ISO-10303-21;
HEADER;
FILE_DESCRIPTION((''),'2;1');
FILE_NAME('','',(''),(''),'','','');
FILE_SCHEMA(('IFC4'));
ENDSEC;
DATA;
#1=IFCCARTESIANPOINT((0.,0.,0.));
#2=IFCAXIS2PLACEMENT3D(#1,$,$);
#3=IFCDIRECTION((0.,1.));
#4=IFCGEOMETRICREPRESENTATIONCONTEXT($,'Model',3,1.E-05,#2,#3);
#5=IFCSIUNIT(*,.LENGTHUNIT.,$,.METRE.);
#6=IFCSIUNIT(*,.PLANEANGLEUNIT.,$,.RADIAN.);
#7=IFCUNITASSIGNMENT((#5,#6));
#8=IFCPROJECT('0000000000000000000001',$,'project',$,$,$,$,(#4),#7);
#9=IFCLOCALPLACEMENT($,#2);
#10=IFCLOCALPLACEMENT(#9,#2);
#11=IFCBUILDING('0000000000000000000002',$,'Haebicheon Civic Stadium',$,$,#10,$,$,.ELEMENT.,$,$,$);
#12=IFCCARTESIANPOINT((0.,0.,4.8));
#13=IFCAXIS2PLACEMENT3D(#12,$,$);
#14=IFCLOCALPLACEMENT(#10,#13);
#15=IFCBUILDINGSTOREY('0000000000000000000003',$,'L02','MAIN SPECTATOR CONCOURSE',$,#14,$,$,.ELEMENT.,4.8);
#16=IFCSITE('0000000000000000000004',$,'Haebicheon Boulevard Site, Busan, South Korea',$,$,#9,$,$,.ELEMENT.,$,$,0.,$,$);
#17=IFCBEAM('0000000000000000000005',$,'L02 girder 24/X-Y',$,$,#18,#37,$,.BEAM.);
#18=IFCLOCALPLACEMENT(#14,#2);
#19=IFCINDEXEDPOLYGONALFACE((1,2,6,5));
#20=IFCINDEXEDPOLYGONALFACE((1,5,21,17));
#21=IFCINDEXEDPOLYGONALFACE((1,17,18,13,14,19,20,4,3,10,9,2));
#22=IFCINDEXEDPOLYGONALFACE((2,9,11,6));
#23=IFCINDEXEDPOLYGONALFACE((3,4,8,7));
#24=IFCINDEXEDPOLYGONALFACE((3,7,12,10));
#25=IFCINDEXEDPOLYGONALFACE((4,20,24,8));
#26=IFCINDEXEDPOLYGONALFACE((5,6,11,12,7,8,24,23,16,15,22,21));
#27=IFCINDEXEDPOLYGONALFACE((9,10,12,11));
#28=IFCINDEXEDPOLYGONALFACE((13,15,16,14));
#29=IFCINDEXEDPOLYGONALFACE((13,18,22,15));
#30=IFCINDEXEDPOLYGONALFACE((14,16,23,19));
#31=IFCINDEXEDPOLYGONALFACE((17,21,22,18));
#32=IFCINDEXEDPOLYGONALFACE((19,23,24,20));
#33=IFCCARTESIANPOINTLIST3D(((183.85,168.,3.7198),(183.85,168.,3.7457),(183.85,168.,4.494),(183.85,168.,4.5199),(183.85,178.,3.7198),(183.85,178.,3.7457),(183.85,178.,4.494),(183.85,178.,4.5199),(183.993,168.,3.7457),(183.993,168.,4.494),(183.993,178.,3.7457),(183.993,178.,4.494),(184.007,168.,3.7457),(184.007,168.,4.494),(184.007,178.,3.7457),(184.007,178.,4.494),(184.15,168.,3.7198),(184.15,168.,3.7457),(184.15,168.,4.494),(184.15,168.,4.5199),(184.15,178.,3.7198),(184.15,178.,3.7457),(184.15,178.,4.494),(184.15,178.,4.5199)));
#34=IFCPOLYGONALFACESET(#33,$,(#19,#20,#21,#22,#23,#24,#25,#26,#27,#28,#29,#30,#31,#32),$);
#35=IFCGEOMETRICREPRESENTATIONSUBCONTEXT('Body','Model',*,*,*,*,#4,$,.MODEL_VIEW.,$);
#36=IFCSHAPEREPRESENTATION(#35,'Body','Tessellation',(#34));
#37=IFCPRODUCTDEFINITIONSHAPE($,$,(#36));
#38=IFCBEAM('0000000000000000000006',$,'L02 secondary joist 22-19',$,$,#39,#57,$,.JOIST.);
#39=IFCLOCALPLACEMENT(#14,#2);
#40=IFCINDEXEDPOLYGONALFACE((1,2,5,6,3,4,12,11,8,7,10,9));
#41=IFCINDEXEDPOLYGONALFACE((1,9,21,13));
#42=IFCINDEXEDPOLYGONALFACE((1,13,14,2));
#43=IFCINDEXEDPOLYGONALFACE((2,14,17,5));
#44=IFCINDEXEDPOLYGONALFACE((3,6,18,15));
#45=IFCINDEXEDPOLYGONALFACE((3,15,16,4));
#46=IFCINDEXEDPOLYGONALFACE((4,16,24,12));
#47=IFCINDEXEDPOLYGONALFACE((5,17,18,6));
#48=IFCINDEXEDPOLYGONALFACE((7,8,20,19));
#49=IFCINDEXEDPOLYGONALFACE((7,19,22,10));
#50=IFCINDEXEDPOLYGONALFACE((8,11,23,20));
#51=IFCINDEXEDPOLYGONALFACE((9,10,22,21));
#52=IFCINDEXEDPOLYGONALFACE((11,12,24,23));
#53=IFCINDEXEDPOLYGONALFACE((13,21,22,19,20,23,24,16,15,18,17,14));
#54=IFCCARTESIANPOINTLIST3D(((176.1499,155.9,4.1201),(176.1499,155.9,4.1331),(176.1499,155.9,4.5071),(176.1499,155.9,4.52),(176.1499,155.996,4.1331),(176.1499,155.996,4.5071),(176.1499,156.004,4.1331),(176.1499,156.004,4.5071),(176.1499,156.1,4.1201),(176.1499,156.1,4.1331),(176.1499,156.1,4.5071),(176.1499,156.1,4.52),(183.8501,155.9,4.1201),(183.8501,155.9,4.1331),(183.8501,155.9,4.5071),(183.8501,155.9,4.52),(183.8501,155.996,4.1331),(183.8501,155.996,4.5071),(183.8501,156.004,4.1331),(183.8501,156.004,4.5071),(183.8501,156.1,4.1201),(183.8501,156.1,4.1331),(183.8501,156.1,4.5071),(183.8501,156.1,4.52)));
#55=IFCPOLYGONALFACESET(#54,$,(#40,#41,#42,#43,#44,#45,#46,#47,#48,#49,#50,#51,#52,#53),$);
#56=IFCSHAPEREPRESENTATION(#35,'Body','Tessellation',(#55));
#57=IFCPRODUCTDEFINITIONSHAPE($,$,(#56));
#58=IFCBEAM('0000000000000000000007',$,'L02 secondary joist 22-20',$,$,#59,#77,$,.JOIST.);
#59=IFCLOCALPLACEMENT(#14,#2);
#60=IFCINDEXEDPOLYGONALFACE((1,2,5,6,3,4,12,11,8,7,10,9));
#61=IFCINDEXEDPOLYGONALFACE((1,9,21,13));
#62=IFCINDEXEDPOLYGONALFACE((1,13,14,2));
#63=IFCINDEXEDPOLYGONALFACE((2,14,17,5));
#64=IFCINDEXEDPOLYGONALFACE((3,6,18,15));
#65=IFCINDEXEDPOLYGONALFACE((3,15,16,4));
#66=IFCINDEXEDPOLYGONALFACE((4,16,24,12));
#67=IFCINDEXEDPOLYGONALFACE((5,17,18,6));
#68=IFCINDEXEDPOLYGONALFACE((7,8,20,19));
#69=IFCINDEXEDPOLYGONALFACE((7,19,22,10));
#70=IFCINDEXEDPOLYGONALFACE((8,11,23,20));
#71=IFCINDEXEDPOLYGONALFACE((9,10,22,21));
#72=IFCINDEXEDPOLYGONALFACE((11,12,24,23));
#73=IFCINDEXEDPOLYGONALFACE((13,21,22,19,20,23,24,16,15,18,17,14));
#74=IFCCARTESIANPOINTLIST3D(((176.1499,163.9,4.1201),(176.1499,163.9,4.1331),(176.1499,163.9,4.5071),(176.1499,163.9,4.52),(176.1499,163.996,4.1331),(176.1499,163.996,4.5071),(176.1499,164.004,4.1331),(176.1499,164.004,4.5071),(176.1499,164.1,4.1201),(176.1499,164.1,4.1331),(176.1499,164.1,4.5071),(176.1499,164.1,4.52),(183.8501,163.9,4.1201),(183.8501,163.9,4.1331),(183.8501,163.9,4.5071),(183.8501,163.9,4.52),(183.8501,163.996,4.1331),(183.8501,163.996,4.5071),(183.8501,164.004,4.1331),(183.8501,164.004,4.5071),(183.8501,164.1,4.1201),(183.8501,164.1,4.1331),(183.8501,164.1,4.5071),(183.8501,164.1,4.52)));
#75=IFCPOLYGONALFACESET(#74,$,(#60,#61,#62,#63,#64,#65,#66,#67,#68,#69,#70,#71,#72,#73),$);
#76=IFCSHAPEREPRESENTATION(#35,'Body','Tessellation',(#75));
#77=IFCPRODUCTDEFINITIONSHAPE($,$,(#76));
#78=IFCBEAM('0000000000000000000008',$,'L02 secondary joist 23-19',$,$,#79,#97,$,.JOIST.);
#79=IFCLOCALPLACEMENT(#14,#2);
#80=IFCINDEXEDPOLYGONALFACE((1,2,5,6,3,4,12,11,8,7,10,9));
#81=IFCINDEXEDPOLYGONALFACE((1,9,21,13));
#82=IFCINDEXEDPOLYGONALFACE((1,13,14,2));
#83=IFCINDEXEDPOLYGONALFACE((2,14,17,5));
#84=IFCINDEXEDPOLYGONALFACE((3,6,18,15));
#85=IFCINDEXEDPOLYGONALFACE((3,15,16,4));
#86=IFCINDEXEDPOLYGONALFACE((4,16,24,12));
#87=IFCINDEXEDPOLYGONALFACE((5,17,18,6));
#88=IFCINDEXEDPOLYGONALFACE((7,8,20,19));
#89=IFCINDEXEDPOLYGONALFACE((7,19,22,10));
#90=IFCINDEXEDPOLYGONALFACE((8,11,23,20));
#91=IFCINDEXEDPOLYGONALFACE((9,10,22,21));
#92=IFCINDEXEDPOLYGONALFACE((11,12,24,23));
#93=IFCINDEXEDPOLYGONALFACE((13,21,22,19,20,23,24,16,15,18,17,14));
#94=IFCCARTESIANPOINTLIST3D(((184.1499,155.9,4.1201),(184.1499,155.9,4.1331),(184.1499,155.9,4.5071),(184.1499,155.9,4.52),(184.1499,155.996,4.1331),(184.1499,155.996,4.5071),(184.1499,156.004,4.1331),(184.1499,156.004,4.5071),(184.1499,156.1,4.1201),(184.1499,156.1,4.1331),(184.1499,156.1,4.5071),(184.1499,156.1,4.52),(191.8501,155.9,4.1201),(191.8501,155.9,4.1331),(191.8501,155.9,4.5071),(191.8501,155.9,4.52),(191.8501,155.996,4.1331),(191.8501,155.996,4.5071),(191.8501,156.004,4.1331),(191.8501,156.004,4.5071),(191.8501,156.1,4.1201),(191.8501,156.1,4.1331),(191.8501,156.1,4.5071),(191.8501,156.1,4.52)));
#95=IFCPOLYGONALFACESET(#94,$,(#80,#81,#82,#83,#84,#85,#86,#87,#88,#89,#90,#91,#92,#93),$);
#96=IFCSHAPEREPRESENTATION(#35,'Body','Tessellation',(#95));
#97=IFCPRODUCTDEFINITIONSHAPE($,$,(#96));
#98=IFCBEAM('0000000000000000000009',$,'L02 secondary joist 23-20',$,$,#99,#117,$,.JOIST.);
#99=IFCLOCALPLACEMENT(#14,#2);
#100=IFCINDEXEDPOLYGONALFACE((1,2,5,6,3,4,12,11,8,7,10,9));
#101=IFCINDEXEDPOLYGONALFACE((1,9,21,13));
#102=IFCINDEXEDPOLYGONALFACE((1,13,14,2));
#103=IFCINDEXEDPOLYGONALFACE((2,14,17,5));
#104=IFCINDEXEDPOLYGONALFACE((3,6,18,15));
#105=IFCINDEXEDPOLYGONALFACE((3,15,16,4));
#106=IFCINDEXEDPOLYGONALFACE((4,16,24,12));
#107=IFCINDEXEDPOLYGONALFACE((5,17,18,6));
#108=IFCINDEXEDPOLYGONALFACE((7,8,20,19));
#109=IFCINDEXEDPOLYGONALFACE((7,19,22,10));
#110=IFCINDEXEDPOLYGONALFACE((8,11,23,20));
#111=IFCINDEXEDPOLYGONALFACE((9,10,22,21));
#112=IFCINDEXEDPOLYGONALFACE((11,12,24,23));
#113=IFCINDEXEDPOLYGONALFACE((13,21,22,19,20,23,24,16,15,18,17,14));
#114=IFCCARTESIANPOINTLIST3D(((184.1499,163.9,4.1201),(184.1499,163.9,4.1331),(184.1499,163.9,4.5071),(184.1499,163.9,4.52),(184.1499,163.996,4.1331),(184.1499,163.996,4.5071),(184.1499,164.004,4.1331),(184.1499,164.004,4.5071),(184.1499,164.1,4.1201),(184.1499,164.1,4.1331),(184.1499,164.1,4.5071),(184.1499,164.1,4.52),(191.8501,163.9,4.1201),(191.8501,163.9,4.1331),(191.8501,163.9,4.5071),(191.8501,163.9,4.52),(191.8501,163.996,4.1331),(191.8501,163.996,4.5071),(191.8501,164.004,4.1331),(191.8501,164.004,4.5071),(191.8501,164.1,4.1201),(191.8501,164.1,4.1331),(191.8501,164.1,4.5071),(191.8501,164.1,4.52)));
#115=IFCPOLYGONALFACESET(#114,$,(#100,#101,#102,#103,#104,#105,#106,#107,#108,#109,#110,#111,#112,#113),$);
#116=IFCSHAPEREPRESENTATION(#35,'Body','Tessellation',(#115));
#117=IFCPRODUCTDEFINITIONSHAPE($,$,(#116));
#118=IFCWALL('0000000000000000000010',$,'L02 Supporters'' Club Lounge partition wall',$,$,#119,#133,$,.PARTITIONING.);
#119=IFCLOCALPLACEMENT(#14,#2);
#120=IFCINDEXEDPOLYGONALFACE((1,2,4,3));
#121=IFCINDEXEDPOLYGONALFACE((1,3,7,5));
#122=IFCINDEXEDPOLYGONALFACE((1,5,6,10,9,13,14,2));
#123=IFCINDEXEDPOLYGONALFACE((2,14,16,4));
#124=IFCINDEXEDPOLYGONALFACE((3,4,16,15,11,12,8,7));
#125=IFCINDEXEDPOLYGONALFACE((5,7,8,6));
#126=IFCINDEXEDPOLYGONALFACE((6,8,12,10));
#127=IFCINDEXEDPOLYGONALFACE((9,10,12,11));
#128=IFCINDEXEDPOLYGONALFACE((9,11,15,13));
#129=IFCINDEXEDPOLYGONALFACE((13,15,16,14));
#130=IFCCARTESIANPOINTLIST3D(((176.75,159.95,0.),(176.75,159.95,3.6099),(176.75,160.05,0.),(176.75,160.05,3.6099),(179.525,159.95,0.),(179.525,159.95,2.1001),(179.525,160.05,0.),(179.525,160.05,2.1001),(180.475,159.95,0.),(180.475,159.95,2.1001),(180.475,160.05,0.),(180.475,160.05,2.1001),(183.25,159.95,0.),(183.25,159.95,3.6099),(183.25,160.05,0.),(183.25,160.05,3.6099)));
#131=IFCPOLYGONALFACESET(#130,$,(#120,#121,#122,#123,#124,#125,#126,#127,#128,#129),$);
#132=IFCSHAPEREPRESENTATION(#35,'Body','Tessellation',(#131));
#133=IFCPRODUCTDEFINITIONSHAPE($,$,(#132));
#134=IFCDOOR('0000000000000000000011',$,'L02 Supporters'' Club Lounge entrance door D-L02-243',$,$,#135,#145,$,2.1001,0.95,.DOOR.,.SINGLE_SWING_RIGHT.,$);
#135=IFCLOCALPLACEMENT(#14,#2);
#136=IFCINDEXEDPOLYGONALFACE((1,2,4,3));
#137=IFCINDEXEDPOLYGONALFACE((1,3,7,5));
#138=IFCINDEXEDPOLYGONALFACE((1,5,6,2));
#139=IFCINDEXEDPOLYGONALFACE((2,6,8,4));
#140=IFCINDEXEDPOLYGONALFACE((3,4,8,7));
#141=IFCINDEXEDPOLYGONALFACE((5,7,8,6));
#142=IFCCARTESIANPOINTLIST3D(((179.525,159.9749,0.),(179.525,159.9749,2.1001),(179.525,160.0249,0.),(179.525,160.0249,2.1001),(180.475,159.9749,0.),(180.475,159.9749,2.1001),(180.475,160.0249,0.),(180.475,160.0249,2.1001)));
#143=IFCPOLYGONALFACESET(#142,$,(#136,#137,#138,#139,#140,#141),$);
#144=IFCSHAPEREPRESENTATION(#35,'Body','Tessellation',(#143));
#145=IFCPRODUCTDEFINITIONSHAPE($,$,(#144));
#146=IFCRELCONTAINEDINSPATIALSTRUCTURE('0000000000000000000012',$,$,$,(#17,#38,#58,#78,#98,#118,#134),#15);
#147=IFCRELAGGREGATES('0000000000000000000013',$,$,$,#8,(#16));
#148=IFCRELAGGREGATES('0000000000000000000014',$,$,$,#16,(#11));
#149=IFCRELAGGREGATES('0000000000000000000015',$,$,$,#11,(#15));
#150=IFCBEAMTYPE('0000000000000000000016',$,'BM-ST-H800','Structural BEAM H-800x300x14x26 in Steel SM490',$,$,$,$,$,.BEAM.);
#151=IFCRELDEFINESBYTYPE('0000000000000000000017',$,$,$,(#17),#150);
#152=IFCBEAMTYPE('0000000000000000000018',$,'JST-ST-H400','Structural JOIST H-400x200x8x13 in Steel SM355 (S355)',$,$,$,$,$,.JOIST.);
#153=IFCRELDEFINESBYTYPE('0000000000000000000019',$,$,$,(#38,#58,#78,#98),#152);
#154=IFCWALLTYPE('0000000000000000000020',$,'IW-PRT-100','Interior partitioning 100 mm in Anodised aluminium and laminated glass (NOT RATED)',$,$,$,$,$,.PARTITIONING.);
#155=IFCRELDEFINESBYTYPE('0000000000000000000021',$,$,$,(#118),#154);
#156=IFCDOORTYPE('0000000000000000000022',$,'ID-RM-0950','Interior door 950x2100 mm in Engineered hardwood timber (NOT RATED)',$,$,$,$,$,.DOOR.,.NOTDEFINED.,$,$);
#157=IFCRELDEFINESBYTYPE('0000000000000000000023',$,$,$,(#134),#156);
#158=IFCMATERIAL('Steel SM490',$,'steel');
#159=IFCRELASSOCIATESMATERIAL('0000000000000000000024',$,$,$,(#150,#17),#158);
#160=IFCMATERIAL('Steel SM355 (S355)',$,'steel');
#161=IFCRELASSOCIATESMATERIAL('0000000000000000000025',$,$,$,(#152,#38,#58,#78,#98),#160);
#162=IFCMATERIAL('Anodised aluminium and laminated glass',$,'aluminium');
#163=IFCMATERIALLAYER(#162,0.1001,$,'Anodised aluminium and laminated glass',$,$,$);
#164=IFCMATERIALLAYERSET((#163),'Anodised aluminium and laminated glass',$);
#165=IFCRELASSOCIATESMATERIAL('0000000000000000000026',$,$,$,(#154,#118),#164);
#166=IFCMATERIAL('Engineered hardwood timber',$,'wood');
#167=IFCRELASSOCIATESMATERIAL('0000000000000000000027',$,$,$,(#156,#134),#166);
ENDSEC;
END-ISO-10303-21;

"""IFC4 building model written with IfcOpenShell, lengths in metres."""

from ifc_helpers import new_model, si_unit, direction, frame, frame_2d, origin, origin_2d, place, context, subcontext, project, spatial, rectangle, i_section, extrude, material, layer, layer_set, material_profile, profile_set, type_object, element, fill, save


model = new_model("IFC4")

# Units and contexts
model_context = context("Model", 3, precision=1e-05, world=origin(), true_north=direction((0.0, 1.0)))
body_context = subcontext(model_context, "Body", "Model", "MODEL_VIEW")
ifc_project = project(units=[si_unit("LENGTHUNIT", "METRE"), si_unit("PLANEANGLEUNIT", "RADIAN")], contexts=[model_context])

# Site, building, storey
site_placement = place(None, origin())
site = spatial("IfcSite", under=ifc_project, at=site_placement, Name="Haebicheon Boulevard Site, Busan, South Korea", CompositionType="ELEMENT", RefElevation=0.0)
building_placement = place(site_placement, origin())
building = spatial("IfcBuilding", under=site, at=building_placement, Name="Haebicheon Civic Stadium", CompositionType="ELEMENT")
storey_placement = place(building_placement, frame((0.0, 0.0, 4.8)))
storey = spatial("IfcBuildingStorey", under=building, at=storey_placement, Name="L02", Description="MAIN SPECTATOR CONCOURSE", CompositionType="ELEMENT", Elevation=4.8)

# Beams
ifc_material_1 = material(Name="Steel SM490", Category="steel")
ifc_material_profile_1 = material_profile(ifc_material_1, i_section(OverallWidth=0.3, OverallDepth=0.8, WebThickness=0.0139, FlangeThickness=0.0259, at=origin_2d()), Name="H-800x300x14x26")
ifc_profile_set_1 = profile_set([ifc_material_profile_1], Name="Steel SM490")
beam_type_1 = type_object("IfcBeamType", Name="BM-ST-H800", Description="Structural BEAM H-800x300x14x26 in Steel SM490", PredefinedType="BEAM", material=ifc_profile_set_1)
for number, where, z_axis, x_axis, name in (
    (1, (184.0, 168.0, 4.1199), (0.0, 1.0, 0.0), (-1.0, 0.0, 0.0), "L02 girder 24/X-Y"),
):
    element("IfcBeam", number, at=place(storey_placement, frame(where, z_axis=z_axis, x_axis=x_axis)), inside=storey, type_object=beam_type_1, material=ifc_profile_set_1, Name=name, PredefinedType="BEAM", context=body_context, shape_type="SweptSolid", body=[
        extrude(i_section(OverallWidth=0.3, OverallDepth=0.8, WebThickness=0.0139, FlangeThickness=0.0259, at=origin_2d()), origin(), (0.0, 0.0, 1.0), 10.0),
    ])
ifc_material_2 = material(Name="Steel SM355 (S355)", Category="steel")
ifc_material_profile_2 = material_profile(ifc_material_2, i_section(OverallWidth=0.2, OverallDepth=0.3999, WebThickness=0.0081, FlangeThickness=0.0129, at=origin_2d()), Name="H-400x200x8x13")
ifc_profile_set_2 = profile_set([ifc_material_profile_2], Name="Steel SM355 (S355)")
beam_type_2 = type_object("IfcBeamType", Name="JST-ST-H400", Description="Structural JOIST H-400x200x8x13 in Steel SM355 (S355)", PredefinedType="JOIST", material=ifc_profile_set_2)
for number, where, z_axis, x_axis, name in (
    (2, (176.1499, 156.0, 4.3201), (1.0, 0.0, 0.0), (0.0, 1.0, 0.0), "L02 secondary joist 22-19"),
    (3, (176.1499, 164.0, 4.3201), (1.0, 0.0, 0.0), (0.0, 1.0, 0.0), "L02 secondary joist 22-20"),
    (4, (184.1499, 156.0, 4.3201), (1.0, 0.0, 0.0), (0.0, 1.0, 0.0), "L02 secondary joist 23-19"),
    (5, (184.1499, 164.0, 4.3201), (1.0, 0.0, 0.0), (0.0, 1.0, 0.0), "L02 secondary joist 23-20"),
):
    element("IfcBeam", number, at=place(storey_placement, frame(where, z_axis=z_axis, x_axis=x_axis)), inside=storey, type_object=beam_type_2, material=ifc_profile_set_2, Name=name, PredefinedType="JOIST", context=body_context, shape_type="SweptSolid", body=[
        extrude(i_section(OverallWidth=0.2, OverallDepth=0.3999, WebThickness=0.0081, FlangeThickness=0.0129, at=origin_2d()), origin(), (0.0, 0.0, 1.0), 7.7002),
    ])

# Wall, opening, door
ifc_material_3 = material(Name="Anodised aluminium and laminated glass", Category="aluminium")
ifc_layer = layer(ifc_material_3, 0.1001, Name="Anodised aluminium and laminated glass")
ifc_layer_set = layer_set([ifc_layer], Name="Anodised aluminium and laminated glass")
wall_type = type_object("IfcWallType", Name="IW-PRT-100", Description="Interior partitioning 100 mm in Anodised aluminium and laminated glass (NOT RATED)", PredefinedType="PARTITIONING", material=ifc_layer_set)
wall_placement = place(storey_placement, frame((176.75, 160.0, 0.0), z_axis=(0.0, 0.0, 1.0), x_axis=(1.0, 0.0, 0.0)))
wall = element("IfcWall", 6, at=wall_placement, inside=storey, type_object=wall_type, material=ifc_layer_set, Name="L02 Supporters' Club Lounge partition wall", PredefinedType="PARTITIONING", context=body_context, shape_type="SweptSolid", body=[
    extrude(rectangle(XDim=6.5, YDim=0.1001, at=frame_2d((3.25, 0.0))), origin(), (0.0, 0.0, 1.0), 3.6099),
])
opening_placement = place(wall_placement, frame((2.7749, 0.0, 0.0)))
opening = element("IfcOpeningElement", 7, at=opening_placement, cuts=wall, PredefinedType="OPENING", context=body_context, shape_type="SweptSolid", body=[
    extrude(rectangle(XDim=0.95, YDim=2.1001, at=frame_2d((0.4751, 1.05))), frame((0.0, 0.0601, 0.0), z_axis=(0.0, -1.0, 0.0), x_axis=(1.0, 0.0, 0.0)), (0.0, 0.0, 1.0), 0.1201),
])
ifc_material_4 = material(Name="Engineered hardwood timber", Category="wood")
door_type = type_object("IfcDoorType", Name="ID-RM-0950", Description="Interior door 950x2100 mm in Engineered hardwood timber (NOT RATED)", OperationType="NOTDEFINED", PredefinedType="DOOR", material=ifc_material_4)
door_placement = place(opening_placement, origin())
door = element("IfcDoor", 8, at=door_placement, inside=storey, type_object=door_type, material=ifc_material_4, Name="L02 Supporters' Club Lounge entrance door D-L02-243", OperationType="SINGLE_SWING_RIGHT", OverallHeight=2.1001, OverallWidth=0.95, PredefinedType="DOOR", context=body_context, shape_type="SweptSolid", body=[
    extrude(rectangle(XDim=0.95, YDim=2.1001, at=frame_2d((0.4751, 1.05))), frame((0.0, 0.0249, 0.0), z_axis=(0.0, -1.0, 0.0), x_axis=(1.0, 0.0, 0.0)), (0.0, 0.0, 1.0), 0.05),
])
fill(opening, door)

save(model, "model.ifc")
